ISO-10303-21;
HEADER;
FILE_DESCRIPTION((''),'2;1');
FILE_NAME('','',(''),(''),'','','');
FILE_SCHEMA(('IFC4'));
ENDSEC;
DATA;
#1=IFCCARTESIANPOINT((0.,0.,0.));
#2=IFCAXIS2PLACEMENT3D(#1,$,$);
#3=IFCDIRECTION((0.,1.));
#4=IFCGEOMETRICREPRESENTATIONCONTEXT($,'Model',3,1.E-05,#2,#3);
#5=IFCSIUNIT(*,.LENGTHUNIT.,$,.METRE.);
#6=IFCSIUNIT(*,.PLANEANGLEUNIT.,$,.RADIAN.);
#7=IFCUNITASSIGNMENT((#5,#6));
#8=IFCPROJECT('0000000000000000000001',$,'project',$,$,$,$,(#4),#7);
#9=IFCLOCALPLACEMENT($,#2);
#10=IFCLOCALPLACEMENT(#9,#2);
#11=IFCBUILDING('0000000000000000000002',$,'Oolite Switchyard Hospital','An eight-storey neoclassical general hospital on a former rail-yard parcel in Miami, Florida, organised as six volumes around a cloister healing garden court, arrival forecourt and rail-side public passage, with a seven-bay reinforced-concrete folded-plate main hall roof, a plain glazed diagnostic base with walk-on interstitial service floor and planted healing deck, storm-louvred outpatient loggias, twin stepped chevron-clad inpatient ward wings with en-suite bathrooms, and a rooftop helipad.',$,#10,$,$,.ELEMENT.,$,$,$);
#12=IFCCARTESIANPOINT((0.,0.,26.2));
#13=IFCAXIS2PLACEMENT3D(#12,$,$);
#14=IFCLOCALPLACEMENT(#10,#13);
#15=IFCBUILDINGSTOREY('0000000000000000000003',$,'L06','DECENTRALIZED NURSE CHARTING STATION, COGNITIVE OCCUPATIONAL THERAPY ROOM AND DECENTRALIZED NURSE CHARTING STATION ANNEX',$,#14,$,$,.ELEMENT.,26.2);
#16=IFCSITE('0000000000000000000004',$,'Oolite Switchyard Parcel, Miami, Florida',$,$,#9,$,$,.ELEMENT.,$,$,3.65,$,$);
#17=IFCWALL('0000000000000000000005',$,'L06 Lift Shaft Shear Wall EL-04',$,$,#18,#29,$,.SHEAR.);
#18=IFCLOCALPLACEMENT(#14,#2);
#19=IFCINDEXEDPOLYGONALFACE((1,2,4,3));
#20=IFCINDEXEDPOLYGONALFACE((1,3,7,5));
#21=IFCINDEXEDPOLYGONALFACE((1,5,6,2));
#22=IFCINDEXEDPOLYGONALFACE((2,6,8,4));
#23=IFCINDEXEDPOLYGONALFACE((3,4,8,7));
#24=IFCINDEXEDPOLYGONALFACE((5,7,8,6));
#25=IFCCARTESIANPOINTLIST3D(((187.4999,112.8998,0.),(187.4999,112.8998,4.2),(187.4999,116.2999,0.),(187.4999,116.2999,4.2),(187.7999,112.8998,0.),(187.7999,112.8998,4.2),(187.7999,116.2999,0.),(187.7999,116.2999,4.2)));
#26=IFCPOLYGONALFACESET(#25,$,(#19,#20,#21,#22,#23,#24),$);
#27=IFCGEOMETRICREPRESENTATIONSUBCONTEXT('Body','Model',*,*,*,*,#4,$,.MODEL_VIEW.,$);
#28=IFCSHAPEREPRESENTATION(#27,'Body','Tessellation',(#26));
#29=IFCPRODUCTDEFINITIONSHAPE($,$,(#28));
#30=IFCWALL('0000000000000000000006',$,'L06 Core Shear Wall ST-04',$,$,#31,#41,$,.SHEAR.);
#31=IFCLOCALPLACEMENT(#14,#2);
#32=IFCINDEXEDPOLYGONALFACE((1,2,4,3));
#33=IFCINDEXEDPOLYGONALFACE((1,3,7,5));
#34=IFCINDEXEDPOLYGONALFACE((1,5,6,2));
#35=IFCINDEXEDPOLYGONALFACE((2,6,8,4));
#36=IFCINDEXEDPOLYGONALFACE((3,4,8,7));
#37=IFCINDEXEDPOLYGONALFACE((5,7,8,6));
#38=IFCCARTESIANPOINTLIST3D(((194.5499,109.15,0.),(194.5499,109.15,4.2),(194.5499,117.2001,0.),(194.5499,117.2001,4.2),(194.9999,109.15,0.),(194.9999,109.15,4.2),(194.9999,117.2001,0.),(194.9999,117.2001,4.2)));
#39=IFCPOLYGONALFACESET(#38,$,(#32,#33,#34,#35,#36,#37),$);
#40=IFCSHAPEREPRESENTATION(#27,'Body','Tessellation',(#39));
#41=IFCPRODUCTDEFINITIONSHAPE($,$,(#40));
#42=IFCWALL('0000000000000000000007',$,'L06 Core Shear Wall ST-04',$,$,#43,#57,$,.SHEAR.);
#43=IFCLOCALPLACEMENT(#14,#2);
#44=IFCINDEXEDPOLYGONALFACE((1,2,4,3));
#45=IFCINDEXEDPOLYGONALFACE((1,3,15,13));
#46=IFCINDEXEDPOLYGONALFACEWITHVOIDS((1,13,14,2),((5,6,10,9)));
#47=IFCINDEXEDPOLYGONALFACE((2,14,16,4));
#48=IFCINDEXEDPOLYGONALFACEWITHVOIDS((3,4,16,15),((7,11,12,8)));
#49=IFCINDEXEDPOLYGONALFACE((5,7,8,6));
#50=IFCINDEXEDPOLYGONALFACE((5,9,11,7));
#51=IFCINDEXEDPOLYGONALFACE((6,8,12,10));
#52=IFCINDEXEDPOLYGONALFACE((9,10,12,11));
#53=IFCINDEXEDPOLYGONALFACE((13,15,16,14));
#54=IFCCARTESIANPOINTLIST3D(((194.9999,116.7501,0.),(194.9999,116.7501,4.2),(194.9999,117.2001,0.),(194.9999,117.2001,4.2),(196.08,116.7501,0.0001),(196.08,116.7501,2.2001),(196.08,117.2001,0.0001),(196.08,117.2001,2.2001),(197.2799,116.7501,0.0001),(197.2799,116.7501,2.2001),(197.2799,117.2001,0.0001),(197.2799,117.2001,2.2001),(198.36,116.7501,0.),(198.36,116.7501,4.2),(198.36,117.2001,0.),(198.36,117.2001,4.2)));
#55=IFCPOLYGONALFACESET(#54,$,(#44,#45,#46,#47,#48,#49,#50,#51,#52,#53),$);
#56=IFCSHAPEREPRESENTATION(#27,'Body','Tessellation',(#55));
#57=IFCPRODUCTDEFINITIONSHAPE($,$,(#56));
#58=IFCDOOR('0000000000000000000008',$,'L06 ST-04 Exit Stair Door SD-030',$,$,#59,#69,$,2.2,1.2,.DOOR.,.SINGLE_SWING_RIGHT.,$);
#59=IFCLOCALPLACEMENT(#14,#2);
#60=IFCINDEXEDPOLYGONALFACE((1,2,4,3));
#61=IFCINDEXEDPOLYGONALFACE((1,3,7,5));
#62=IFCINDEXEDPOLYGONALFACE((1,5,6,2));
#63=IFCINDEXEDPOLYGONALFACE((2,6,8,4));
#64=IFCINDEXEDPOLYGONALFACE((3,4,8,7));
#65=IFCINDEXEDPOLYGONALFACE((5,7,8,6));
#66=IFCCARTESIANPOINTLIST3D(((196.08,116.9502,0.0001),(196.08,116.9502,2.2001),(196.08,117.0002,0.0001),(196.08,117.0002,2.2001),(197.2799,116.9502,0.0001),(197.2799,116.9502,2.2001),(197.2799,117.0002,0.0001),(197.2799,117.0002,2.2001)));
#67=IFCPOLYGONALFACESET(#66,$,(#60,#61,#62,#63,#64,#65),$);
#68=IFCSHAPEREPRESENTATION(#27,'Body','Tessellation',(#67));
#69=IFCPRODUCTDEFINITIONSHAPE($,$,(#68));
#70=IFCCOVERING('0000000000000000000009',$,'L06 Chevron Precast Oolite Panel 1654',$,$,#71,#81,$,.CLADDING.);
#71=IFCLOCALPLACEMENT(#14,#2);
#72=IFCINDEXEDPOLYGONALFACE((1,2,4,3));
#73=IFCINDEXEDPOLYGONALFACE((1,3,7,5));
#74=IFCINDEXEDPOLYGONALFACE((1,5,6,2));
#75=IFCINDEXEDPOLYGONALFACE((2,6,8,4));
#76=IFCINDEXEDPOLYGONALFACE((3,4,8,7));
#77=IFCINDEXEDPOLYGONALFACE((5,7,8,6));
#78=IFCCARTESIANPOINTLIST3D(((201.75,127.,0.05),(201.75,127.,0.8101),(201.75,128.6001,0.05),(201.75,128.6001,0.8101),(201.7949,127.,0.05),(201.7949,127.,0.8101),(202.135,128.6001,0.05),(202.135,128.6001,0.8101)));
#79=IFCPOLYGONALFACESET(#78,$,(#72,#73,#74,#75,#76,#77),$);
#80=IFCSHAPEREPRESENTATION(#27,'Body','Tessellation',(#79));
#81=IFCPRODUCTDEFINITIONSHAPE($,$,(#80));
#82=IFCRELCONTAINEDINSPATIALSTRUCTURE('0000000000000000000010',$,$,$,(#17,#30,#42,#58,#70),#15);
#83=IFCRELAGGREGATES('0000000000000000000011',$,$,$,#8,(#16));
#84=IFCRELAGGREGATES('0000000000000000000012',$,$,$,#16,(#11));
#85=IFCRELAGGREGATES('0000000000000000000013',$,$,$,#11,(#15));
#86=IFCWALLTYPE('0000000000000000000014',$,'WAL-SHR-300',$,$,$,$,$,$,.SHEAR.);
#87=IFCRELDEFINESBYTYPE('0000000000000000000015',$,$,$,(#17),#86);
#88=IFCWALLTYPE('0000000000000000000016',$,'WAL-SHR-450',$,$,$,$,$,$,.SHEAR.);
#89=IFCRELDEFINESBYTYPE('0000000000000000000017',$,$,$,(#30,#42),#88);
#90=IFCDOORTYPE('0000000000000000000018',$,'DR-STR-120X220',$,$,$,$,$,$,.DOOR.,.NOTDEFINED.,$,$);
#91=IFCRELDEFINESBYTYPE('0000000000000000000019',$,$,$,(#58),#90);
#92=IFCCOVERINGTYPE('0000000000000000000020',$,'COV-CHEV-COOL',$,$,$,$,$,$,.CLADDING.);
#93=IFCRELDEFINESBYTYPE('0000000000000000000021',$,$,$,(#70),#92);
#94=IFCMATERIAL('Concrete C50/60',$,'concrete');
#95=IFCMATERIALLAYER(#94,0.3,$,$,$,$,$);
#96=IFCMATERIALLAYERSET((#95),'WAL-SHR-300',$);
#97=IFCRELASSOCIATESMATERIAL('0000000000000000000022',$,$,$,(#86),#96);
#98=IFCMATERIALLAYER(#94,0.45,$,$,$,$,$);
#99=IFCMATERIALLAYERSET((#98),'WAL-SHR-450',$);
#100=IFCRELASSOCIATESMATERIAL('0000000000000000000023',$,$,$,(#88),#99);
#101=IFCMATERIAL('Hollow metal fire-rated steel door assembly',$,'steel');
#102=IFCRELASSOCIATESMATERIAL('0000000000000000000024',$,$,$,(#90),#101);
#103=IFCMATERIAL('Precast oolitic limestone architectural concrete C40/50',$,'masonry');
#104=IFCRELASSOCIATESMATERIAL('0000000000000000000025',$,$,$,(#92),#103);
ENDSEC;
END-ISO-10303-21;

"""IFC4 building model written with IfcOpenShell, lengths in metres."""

from ifc_helpers import new_model, si_unit, direction, frame, frame_2d, origin, place, context, subcontext, project, spatial, polyline, rectangle, outline, extrude, material, layer, layer_set, type_object, element, fill, save


model = new_model("IFC4")

# Units and contexts
model_context = context("Model", 3, precision=1e-05, world=origin(), true_north=direction((0.0, 1.0)))
body_context = subcontext(model_context, "Body", "Model", "MODEL_VIEW")
ifc_project = project(units=[si_unit("LENGTHUNIT", "METRE"), si_unit("PLANEANGLEUNIT", "RADIAN")], contexts=[model_context])

# Site, building, storey
site_placement = place(None, origin())
site = spatial("IfcSite", under=ifc_project, at=site_placement, Name="Oolite Switchyard Parcel, Miami, Florida", CompositionType="ELEMENT", RefElevation=3.65)
building_placement = place(site_placement, origin())
building = spatial("IfcBuilding", under=site, at=building_placement, Name="Oolite Switchyard Hospital", Description="An eight-storey neoclassical general hospital on a former rail-yard parcel in Miami, Florida, organised as six volumes around a cloister healing garden court, arrival forecourt and rail-side public passage, with a seven-bay reinforced-concrete folded-plate main hall roof, a plain glazed diagnostic base with walk-on interstitial service floor and planted healing deck, storm-louvred outpatient loggias, twin stepped chevron-clad inpatient ward wings with en-suite bathrooms, and a rooftop helipad.", CompositionType="ELEMENT")
storey_placement = place(building_placement, frame((0.0, 0.0, 26.2)))
storey = spatial("IfcBuildingStorey", under=building, at=storey_placement, Name="L06", Description="DECENTRALIZED NURSE CHARTING STATION, COGNITIVE OCCUPATIONAL THERAPY ROOM AND DECENTRALIZED NURSE CHARTING STATION ANNEX", CompositionType="ELEMENT", Elevation=26.2)

# Shared definitions
ifc_material_1 = material(Name="Concrete C50/60", Category="concrete")

# Shared definitions
ifc_material_2 = material(Name="Precast oolitic limestone architectural concrete C40/50", Category="masonry")

# Shared definitions
ifc_layer_1 = layer(ifc_material_1, 0.3)
ifc_layer_set_1 = layer_set([ifc_layer_1], Name="WAL-SHR-300")
wall_type_1 = type_object("IfcWallType", Name="WAL-SHR-300", PredefinedType="SHEAR", material=ifc_layer_set_1)

# Walls
wall_1_placement = place(storey_placement, frame((187.6499, 116.3, 0.0), z_axis=(0.0, 0.0, 1.0), x_axis=(0.0, -1.0, 0.0)))
element("IfcWall", 1, at=wall_1_placement, inside=storey, type_object=wall_type_1, Name="L06 Lift Shaft Shear Wall EL-04", PredefinedType="SHEAR", context=body_context, shape_type="SweptSolid", body=[
    extrude(rectangle(XDim=3.4001, YDim=0.3, at=frame_2d((1.7002, 0.0))), origin(), (0.0, 0.0, 1.0), 4.2),
])
ifc_layer_2 = layer(ifc_material_1, 0.45)
ifc_layer_set_2 = layer_set([ifc_layer_2], Name="WAL-SHR-450")
wall_type_2 = type_object("IfcWallType", Name="WAL-SHR-450", PredefinedType="SHEAR", material=ifc_layer_set_2)
wall_2_placement = place(storey_placement, frame((194.7749, 117.2, 0.0), z_axis=(0.0, 0.0, 1.0), x_axis=(0.0, -1.0, 0.0)))
element("IfcWall", 2, at=wall_2_placement, inside=storey, type_object=wall_type_2, Name="L06 Core Shear Wall ST-04", PredefinedType="SHEAR", context=body_context, shape_type="SweptSolid", body=[
    extrude(rectangle(XDim=8.05, YDim=0.45, at=frame_2d((4.0249, 0.0))), origin(), (0.0, 0.0, 1.0), 4.2),
])

# Wall, opening, door
wall_3_placement = place(storey_placement, frame((198.3601, 116.9751, 0.0), z_axis=(0.0, 0.0, 1.0), x_axis=(-1.0, 0.0, 0.0)))
wall_3 = element("IfcWall", 3, at=wall_3_placement, inside=storey, type_object=wall_type_2, Name="L06 Core Shear Wall ST-04", PredefinedType="SHEAR", context=body_context, shape_type="SweptSolid", body=[
    extrude(rectangle(XDim=3.3601, YDim=0.45, at=frame_2d((1.6802, 0.0))), origin(), (0.0, 0.0, 1.0), 4.2),
])
opening_1_placement = place(wall_3_placement, frame((1.0801, 0.0, 0.0)))
opening_1 = element("IfcOpeningElement", 4, at=opening_1_placement, cuts=wall_3, PredefinedType="OPENING", context=body_context, shape_type="SweptSolid", body=[
    extrude(rectangle(XDim=1.2, YDim=2.2, at=frame_2d((0.6001, 1.1001))), frame((0.0, 0.2349, 0.0), z_axis=(0.0, -1.0, 0.0), x_axis=(1.0, 0.0, 0.0)), (0.0, 0.0, 1.0), 0.47),
])
ifc_material_3 = material(Name="Hollow metal fire-rated steel door assembly", Category="steel")
door_type_1 = type_object("IfcDoorType", Name="DR-STR-120X220", OperationType="NOTDEFINED", PredefinedType="DOOR", material=ifc_material_3)
door_1_placement = place(opening_1_placement, origin())
door_1 = element("IfcDoor", 5, at=door_1_placement, inside=storey, type_object=door_type_1, Name="L06 ST-04 Exit Stair Door SD-030", OperationType="SINGLE_SWING_RIGHT", OverallHeight=2.2, OverallWidth=1.2, PredefinedType="DOOR", context=body_context, shape_type="SweptSolid", body=[
    extrude(rectangle(XDim=1.2, YDim=2.2, at=frame_2d((0.6001, 1.1001))), frame((0.0, 0.0249, 0.0), z_axis=(0.0, -1.0, 0.0), x_axis=(1.0, 0.0, 0.0)), (0.0, 0.0, 1.0), 0.05),
])
fill(opening_1, door_1)

# Covering
covering_type = type_object("IfcCoveringType", Name="COV-CHEV-COOL", PredefinedType="CLADDING", material=ifc_material_2)
covering_placement = place(storey_placement, frame((201.75, 128.6001, 0.05), z_axis=(0.0, 0.0, 1.0), x_axis=(0.0, -1.0, 0.0)))
element("IfcCovering", 6, at=covering_placement, inside=storey, type_object=covering_type, Name="L06 Chevron Precast Oolite Panel 1654", PredefinedType="CLADDING", context=body_context, shape_type="SweptSolid", body=[
    extrude(outline(polyline([(0.0, 0.0), (1.6001, 0.0), (1.6001, 0.0449), (0.0, 0.385), (0.0, 0.0)])), origin(), (0.0, 0.0, 1.0), 0.76),
])

save(model, "model.ifc")
